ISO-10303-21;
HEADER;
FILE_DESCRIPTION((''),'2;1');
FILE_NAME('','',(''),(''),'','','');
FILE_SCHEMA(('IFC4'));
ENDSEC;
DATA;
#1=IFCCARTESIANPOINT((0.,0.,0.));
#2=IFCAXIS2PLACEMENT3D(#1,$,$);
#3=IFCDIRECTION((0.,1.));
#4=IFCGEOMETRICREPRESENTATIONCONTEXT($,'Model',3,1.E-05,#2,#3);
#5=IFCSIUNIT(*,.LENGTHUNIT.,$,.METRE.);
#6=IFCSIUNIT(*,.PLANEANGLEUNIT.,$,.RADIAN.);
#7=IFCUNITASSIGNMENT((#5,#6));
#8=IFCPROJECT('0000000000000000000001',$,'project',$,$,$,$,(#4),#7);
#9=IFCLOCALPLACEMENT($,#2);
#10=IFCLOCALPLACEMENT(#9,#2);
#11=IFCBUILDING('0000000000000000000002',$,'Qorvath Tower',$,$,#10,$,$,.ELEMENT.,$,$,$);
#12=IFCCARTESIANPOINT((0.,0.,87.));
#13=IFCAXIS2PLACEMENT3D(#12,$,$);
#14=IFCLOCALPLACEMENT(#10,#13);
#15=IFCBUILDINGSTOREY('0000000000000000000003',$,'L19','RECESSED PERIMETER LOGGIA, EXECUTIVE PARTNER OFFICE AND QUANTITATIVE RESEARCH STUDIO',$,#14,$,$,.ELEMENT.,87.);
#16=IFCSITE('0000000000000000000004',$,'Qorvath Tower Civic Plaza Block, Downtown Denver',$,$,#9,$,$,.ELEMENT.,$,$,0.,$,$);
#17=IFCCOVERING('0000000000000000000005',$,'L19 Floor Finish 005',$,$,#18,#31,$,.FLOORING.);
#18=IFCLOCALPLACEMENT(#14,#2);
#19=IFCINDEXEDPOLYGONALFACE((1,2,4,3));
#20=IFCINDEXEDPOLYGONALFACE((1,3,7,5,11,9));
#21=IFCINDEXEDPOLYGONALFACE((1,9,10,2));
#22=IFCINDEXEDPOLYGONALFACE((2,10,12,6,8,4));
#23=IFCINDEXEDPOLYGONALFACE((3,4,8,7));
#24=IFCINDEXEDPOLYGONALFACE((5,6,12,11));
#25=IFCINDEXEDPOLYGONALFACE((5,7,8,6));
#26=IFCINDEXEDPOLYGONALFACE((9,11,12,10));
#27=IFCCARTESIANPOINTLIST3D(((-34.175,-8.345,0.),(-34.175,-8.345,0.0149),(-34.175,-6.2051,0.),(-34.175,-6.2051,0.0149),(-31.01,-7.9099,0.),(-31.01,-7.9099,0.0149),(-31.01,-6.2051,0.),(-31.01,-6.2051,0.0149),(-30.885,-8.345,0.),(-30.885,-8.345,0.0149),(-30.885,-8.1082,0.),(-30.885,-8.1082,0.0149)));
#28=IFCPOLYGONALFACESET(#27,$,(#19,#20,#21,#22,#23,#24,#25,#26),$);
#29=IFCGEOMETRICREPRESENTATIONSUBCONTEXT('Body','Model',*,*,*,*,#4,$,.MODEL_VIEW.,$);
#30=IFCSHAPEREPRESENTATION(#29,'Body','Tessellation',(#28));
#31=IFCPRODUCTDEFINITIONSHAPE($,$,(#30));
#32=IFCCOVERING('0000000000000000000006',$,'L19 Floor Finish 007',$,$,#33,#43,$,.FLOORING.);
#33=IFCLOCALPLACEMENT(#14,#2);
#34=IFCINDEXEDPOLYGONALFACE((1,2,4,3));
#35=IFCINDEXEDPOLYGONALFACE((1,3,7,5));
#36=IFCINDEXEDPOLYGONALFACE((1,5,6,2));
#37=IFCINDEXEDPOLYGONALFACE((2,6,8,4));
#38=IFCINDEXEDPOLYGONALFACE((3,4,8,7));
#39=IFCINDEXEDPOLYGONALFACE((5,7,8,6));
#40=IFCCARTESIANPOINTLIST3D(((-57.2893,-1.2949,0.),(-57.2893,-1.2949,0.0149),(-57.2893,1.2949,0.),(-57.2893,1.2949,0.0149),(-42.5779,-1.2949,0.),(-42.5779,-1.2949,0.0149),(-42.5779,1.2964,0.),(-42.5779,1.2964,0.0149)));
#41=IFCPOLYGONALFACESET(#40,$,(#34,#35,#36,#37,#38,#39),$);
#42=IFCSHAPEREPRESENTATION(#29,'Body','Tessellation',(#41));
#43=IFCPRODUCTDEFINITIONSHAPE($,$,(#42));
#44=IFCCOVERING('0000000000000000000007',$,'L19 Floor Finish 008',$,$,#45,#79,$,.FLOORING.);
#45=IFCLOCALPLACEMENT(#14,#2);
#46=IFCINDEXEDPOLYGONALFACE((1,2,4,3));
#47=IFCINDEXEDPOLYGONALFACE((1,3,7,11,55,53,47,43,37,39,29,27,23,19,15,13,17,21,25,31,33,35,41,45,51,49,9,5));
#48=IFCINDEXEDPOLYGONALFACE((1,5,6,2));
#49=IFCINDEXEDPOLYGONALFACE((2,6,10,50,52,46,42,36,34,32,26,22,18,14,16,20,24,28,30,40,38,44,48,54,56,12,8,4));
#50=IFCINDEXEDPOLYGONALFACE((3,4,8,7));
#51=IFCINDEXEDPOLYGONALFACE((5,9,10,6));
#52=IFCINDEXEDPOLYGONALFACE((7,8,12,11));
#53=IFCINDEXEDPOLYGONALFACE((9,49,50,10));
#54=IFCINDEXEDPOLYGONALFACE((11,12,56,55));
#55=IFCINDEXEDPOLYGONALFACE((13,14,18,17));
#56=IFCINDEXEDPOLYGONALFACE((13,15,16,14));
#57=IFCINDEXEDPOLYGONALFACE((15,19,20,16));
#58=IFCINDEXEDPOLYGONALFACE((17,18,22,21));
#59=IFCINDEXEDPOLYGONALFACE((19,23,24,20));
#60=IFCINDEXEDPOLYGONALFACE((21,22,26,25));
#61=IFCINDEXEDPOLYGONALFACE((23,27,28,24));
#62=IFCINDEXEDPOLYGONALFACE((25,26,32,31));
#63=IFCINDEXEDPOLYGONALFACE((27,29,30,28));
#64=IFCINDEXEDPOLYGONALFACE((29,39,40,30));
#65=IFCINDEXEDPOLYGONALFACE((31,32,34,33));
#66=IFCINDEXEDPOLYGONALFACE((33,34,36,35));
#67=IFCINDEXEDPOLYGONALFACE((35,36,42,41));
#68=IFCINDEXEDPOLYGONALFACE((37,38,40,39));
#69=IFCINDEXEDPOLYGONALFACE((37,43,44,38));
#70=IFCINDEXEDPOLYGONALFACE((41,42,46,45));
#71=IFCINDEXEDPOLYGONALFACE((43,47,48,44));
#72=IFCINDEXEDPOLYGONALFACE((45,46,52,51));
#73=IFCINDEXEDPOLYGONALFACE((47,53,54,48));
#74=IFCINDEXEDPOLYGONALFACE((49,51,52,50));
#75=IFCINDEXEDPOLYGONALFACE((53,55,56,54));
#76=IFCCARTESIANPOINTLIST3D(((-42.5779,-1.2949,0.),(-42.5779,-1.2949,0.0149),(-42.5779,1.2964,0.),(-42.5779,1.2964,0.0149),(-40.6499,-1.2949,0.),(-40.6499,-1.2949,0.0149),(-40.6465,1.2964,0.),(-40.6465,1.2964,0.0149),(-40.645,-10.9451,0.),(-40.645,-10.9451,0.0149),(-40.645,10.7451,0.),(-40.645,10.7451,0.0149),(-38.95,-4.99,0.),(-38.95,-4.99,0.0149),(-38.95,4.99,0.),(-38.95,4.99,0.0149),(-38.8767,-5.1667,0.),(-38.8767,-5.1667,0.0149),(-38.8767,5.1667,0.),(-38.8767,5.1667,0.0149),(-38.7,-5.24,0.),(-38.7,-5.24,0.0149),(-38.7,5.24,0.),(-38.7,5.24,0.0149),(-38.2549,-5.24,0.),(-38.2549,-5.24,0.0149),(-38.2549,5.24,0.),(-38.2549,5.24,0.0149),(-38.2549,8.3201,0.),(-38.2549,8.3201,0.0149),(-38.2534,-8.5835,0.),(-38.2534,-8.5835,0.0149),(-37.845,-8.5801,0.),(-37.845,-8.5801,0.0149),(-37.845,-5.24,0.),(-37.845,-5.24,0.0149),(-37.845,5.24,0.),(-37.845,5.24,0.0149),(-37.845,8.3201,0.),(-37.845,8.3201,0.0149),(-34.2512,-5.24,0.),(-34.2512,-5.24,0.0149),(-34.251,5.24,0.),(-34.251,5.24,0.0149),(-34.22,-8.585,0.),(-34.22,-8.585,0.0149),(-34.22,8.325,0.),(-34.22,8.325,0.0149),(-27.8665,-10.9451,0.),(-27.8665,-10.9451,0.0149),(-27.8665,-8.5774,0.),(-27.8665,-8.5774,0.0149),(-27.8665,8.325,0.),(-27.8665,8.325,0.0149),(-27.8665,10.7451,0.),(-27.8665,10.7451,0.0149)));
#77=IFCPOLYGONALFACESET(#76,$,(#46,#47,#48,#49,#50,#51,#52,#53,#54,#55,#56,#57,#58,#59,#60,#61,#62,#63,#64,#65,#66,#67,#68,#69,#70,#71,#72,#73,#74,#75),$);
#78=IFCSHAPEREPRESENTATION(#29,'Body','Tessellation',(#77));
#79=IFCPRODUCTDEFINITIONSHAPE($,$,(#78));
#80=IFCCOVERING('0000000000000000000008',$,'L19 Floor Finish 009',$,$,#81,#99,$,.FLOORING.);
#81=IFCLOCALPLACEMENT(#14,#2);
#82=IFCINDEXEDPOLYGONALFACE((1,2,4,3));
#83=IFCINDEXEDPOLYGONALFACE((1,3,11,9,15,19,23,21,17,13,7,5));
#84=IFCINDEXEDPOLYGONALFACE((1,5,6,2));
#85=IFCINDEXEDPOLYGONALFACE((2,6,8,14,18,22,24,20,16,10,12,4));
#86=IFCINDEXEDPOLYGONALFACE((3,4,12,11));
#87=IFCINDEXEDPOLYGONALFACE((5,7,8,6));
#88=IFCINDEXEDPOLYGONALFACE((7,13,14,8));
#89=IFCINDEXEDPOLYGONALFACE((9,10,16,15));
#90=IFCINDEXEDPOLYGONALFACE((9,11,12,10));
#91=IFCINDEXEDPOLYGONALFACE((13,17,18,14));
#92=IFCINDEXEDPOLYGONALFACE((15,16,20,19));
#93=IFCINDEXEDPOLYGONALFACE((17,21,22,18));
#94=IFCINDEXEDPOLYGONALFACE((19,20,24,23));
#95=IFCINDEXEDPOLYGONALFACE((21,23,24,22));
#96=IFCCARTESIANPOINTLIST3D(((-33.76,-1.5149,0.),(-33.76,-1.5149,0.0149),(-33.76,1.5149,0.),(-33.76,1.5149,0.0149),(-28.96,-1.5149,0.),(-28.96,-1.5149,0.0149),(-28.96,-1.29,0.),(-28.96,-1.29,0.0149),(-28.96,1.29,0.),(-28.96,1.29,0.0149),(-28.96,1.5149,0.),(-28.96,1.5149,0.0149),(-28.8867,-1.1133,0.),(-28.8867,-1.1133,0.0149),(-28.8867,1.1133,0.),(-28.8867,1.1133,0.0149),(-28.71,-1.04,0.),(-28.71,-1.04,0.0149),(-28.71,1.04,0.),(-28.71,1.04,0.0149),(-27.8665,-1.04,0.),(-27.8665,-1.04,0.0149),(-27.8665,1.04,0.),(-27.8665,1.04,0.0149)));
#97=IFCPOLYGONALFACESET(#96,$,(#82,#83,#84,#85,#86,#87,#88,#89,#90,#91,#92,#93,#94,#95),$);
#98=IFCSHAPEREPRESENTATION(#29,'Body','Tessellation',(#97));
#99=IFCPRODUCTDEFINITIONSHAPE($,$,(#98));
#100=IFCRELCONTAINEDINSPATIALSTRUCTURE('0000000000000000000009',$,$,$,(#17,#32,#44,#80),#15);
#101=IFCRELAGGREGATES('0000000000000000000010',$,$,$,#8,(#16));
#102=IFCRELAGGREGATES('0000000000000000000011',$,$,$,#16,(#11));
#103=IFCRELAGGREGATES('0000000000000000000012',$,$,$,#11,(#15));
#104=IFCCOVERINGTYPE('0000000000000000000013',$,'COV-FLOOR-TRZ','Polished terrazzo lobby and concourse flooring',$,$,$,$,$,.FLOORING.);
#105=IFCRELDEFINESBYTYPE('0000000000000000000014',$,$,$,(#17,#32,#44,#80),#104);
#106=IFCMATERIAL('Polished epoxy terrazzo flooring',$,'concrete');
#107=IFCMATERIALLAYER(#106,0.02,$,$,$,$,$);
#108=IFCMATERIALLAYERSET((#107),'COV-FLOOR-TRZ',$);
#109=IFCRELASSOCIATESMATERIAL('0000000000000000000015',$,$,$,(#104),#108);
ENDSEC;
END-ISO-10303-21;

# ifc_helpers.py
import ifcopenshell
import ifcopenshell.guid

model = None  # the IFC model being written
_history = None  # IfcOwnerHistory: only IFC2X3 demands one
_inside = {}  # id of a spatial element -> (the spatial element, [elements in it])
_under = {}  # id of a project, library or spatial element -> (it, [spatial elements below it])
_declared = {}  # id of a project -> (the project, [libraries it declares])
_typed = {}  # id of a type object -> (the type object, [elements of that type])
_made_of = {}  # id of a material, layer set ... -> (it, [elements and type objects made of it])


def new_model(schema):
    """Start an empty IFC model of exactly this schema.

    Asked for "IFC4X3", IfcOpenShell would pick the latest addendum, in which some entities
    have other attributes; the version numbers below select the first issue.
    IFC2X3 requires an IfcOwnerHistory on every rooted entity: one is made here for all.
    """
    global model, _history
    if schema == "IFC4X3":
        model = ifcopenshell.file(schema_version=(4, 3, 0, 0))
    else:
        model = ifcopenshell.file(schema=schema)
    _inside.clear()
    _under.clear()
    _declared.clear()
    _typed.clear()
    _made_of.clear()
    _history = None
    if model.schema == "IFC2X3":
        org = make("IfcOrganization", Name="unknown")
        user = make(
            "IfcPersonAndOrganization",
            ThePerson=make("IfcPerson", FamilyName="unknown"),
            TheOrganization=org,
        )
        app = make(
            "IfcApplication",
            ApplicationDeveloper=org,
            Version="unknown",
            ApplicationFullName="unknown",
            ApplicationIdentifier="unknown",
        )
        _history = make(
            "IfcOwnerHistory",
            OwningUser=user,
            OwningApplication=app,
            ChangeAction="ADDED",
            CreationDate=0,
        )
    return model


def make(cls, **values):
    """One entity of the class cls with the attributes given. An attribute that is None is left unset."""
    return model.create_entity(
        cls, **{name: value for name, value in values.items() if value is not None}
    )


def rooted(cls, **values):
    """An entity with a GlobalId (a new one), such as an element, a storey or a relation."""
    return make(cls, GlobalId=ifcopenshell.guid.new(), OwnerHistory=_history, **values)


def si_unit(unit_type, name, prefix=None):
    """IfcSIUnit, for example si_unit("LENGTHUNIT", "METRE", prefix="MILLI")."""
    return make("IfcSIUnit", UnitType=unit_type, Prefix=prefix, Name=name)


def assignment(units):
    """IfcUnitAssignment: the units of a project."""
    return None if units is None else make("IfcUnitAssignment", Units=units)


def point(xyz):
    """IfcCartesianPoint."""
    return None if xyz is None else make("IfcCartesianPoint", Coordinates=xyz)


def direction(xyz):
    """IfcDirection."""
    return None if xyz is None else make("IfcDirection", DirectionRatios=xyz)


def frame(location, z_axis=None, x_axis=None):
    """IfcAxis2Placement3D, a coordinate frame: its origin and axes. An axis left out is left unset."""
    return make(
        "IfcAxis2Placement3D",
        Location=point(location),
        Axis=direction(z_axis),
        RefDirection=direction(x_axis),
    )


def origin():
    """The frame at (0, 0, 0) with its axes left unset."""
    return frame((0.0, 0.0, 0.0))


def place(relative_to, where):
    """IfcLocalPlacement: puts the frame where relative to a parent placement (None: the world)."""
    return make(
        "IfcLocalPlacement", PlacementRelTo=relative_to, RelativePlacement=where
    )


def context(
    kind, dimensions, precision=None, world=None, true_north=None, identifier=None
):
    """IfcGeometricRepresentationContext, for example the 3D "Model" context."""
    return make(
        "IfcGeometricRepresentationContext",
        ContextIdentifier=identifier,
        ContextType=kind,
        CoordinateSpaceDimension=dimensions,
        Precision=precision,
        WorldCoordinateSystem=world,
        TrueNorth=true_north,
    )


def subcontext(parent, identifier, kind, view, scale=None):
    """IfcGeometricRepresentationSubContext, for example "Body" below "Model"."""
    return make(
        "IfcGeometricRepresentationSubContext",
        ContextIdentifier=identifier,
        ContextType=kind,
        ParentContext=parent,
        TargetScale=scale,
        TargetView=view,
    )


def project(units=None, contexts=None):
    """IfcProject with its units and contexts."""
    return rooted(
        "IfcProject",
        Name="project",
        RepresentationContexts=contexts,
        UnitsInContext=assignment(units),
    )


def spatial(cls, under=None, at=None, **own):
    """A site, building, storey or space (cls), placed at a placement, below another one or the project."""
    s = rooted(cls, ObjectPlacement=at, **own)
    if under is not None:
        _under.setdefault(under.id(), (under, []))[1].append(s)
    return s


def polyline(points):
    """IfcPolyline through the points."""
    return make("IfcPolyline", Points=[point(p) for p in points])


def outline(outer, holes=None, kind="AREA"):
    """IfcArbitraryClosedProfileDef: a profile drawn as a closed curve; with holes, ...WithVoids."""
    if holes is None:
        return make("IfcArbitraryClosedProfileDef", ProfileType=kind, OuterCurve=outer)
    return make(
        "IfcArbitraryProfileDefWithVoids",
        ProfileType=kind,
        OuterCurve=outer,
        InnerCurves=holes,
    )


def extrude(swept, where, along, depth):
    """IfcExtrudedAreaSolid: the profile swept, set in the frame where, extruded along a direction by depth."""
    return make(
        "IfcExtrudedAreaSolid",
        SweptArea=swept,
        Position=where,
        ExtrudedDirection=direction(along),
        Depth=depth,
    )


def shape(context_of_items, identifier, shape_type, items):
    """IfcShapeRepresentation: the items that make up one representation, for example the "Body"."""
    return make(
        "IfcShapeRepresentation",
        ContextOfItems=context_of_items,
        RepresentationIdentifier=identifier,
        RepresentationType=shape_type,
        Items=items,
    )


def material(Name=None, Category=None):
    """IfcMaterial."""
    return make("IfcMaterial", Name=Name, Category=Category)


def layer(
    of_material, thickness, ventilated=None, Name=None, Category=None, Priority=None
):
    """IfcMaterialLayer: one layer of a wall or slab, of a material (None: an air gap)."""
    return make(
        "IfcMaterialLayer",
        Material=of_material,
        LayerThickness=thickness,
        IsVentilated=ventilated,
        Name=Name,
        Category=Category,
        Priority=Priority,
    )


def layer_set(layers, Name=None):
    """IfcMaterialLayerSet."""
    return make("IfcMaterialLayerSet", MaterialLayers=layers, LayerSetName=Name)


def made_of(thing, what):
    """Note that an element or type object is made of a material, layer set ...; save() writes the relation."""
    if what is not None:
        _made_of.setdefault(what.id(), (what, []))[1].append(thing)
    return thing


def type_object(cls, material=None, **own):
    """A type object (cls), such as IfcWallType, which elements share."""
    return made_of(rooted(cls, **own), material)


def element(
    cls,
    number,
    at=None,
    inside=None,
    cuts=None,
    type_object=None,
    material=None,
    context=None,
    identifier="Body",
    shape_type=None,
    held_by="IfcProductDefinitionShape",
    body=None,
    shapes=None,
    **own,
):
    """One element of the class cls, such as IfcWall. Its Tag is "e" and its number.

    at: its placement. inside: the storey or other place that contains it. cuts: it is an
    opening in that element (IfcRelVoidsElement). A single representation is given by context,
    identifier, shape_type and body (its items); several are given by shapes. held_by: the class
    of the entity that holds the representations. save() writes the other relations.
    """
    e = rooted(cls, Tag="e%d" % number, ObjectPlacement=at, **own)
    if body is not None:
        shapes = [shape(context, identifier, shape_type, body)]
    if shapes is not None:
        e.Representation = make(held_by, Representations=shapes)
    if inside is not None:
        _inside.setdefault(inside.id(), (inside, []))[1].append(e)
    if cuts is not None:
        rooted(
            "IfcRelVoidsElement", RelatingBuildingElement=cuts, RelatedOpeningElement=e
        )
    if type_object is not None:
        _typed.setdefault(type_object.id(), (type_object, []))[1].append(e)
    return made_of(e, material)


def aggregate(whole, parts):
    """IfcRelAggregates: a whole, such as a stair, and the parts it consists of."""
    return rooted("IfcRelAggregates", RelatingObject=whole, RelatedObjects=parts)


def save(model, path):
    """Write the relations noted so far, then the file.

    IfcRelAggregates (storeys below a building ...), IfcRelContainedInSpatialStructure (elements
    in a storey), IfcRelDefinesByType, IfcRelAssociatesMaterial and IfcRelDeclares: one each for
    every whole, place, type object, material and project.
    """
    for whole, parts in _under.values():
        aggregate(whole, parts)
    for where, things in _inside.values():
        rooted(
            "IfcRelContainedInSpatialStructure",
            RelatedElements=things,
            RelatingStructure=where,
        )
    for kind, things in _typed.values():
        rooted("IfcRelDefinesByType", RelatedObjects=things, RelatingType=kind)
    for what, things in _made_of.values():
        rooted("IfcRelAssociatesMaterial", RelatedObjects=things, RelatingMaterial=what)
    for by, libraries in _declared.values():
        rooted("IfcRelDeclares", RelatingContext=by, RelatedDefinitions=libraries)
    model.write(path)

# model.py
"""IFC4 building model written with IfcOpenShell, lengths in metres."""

from ifc_helpers import new_model, si_unit, direction, frame, origin, place, context, subcontext, project, spatial, polyline, outline, extrude, material, layer, layer_set, type_object, element, save


model = new_model("IFC4")

# Units and contexts
model_context = context("Model", 3, precision=1e-05, world=origin(), true_north=direction((0.0, 1.0)))
body_context = subcontext(model_context, "Body", "Model", "MODEL_VIEW")
ifc_project = project(units=[si_unit("LENGTHUNIT", "METRE"), si_unit("PLANEANGLEUNIT", "RADIAN")], contexts=[model_context])

# Site, building, storey
site_placement = place(None, origin())
site = spatial("IfcSite", under=ifc_project, at=site_placement, Name="Qorvath Tower Civic Plaza Block, Downtown Denver", CompositionType="ELEMENT", RefElevation=0.0)
building_placement = place(site_placement, origin())
building = spatial("IfcBuilding", under=site, at=building_placement, Name="Qorvath Tower", CompositionType="ELEMENT")
storey_placement = place(building_placement, frame((0.0, 0.0, 87.0)))
storey = spatial("IfcBuildingStorey", under=building, at=storey_placement, Name="L19", Description="RECESSED PERIMETER LOGGIA, EXECUTIVE PARTNER OFFICE AND QUANTITATIVE RESEARCH STUDIO", CompositionType="ELEMENT", Elevation=87.0)

# Coverings
ifc_material_1 = material(Name="Polished epoxy terrazzo flooring", Category="concrete")
ifc_layer_1 = layer(ifc_material_1, 0.02)
ifc_layer_set_1 = layer_set([ifc_layer_1], Name="COV-FLOOR-TRZ")
covering_type_1 = type_object("IfcCoveringType", Name="COV-FLOOR-TRZ", Description="Polished terrazzo lobby and concourse flooring", PredefinedType="FLOORING", material=ifc_layer_set_1)
covering_1_placement = place(storey_placement, origin())
element("IfcCovering", 1, at=covering_1_placement, inside=storey, type_object=covering_type_1, Name="L19 Floor Finish 005", PredefinedType="FLOORING", context=body_context, shape_type="SweptSolid", body=[
    extrude(outline(polyline([(-30.885, -8.345), (-30.885, -8.1082), (-31.01, -7.9099), (-31.01, -6.2051), (-34.175, -6.2051), (-34.175, -8.345), (-30.885, -8.345)])), origin(), (0.0, 0.0, 1.0), 0.0149),
])
covering_2_placement = place(storey_placement, origin())
element("IfcCovering", 2, at=covering_2_placement, inside=storey, type_object=covering_type_1, Name="L19 Floor Finish 007", PredefinedType="FLOORING", context=body_context, shape_type="SweptSolid", body=[
    extrude(outline(polyline([(-42.5779, -1.2949), (-42.5779, 1.2964), (-57.2893, 1.2949), (-57.2893, -1.2949), (-42.5779, -1.2949)])), origin(), (0.0, 0.0, 1.0), 0.0149),
])
covering_3_placement = place(storey_placement, origin())
element("IfcCovering", 3, at=covering_3_placement, inside=storey, type_object=covering_type_1, Name="L19 Floor Finish 008", PredefinedType="FLOORING", context=body_context, shape_type="SweptSolid", body=[
    extrude(outline(polyline([(-40.6499, -1.2949), (-40.645, -10.9451), (-27.8665, -10.9451), (-27.8665, -8.5774), (-34.22, -8.585), (-34.2512, -5.24), (-37.845, -5.24), (-37.845, -8.5801), (-38.2534, -8.5835), (-38.2549, -5.24), (-38.7, -5.24), (-38.8767, -5.1667), (-38.95, -4.99), (-38.95, 4.99), (-38.8767, 5.1667), (-38.7, 5.24), (-38.2549, 5.24), (-38.2549, 8.3201), (-37.845, 8.3201), (-37.845, 5.24), (-34.251, 5.24), (-34.22, 8.325), (-27.8665, 8.325), (-27.8665, 10.7451), (-40.645, 10.7451), (-40.6465, 1.2964), (-42.5779, 1.2964), (-42.5779, -1.2949), (-40.6499, -1.2949)])), origin(), (0.0, 0.0, 1.0), 0.0149),
])
covering_4_placement = place(storey_placement, origin())
element("IfcCovering", 4, at=covering_4_placement, inside=storey, type_object=covering_type_1, Name="L19 Floor Finish 009", PredefinedType="FLOORING", context=body_context, shape_type="SweptSolid", body=[
    extrude(outline(polyline([(-27.8665, -1.04), (-27.8665, 1.04), (-28.71, 1.04), (-28.8867, 1.1133), (-28.96, 1.29), (-28.96, 1.5149), (-33.76, 1.5149), (-33.76, -1.5149), (-28.96, -1.5149), (-28.96, -1.29), (-28.8867, -1.1133), (-28.71, -1.04), (-27.8665, -1.04)])), origin(), (0.0, 0.0, 1.0), 0.0149),
])

save(model, "model.ifc")
